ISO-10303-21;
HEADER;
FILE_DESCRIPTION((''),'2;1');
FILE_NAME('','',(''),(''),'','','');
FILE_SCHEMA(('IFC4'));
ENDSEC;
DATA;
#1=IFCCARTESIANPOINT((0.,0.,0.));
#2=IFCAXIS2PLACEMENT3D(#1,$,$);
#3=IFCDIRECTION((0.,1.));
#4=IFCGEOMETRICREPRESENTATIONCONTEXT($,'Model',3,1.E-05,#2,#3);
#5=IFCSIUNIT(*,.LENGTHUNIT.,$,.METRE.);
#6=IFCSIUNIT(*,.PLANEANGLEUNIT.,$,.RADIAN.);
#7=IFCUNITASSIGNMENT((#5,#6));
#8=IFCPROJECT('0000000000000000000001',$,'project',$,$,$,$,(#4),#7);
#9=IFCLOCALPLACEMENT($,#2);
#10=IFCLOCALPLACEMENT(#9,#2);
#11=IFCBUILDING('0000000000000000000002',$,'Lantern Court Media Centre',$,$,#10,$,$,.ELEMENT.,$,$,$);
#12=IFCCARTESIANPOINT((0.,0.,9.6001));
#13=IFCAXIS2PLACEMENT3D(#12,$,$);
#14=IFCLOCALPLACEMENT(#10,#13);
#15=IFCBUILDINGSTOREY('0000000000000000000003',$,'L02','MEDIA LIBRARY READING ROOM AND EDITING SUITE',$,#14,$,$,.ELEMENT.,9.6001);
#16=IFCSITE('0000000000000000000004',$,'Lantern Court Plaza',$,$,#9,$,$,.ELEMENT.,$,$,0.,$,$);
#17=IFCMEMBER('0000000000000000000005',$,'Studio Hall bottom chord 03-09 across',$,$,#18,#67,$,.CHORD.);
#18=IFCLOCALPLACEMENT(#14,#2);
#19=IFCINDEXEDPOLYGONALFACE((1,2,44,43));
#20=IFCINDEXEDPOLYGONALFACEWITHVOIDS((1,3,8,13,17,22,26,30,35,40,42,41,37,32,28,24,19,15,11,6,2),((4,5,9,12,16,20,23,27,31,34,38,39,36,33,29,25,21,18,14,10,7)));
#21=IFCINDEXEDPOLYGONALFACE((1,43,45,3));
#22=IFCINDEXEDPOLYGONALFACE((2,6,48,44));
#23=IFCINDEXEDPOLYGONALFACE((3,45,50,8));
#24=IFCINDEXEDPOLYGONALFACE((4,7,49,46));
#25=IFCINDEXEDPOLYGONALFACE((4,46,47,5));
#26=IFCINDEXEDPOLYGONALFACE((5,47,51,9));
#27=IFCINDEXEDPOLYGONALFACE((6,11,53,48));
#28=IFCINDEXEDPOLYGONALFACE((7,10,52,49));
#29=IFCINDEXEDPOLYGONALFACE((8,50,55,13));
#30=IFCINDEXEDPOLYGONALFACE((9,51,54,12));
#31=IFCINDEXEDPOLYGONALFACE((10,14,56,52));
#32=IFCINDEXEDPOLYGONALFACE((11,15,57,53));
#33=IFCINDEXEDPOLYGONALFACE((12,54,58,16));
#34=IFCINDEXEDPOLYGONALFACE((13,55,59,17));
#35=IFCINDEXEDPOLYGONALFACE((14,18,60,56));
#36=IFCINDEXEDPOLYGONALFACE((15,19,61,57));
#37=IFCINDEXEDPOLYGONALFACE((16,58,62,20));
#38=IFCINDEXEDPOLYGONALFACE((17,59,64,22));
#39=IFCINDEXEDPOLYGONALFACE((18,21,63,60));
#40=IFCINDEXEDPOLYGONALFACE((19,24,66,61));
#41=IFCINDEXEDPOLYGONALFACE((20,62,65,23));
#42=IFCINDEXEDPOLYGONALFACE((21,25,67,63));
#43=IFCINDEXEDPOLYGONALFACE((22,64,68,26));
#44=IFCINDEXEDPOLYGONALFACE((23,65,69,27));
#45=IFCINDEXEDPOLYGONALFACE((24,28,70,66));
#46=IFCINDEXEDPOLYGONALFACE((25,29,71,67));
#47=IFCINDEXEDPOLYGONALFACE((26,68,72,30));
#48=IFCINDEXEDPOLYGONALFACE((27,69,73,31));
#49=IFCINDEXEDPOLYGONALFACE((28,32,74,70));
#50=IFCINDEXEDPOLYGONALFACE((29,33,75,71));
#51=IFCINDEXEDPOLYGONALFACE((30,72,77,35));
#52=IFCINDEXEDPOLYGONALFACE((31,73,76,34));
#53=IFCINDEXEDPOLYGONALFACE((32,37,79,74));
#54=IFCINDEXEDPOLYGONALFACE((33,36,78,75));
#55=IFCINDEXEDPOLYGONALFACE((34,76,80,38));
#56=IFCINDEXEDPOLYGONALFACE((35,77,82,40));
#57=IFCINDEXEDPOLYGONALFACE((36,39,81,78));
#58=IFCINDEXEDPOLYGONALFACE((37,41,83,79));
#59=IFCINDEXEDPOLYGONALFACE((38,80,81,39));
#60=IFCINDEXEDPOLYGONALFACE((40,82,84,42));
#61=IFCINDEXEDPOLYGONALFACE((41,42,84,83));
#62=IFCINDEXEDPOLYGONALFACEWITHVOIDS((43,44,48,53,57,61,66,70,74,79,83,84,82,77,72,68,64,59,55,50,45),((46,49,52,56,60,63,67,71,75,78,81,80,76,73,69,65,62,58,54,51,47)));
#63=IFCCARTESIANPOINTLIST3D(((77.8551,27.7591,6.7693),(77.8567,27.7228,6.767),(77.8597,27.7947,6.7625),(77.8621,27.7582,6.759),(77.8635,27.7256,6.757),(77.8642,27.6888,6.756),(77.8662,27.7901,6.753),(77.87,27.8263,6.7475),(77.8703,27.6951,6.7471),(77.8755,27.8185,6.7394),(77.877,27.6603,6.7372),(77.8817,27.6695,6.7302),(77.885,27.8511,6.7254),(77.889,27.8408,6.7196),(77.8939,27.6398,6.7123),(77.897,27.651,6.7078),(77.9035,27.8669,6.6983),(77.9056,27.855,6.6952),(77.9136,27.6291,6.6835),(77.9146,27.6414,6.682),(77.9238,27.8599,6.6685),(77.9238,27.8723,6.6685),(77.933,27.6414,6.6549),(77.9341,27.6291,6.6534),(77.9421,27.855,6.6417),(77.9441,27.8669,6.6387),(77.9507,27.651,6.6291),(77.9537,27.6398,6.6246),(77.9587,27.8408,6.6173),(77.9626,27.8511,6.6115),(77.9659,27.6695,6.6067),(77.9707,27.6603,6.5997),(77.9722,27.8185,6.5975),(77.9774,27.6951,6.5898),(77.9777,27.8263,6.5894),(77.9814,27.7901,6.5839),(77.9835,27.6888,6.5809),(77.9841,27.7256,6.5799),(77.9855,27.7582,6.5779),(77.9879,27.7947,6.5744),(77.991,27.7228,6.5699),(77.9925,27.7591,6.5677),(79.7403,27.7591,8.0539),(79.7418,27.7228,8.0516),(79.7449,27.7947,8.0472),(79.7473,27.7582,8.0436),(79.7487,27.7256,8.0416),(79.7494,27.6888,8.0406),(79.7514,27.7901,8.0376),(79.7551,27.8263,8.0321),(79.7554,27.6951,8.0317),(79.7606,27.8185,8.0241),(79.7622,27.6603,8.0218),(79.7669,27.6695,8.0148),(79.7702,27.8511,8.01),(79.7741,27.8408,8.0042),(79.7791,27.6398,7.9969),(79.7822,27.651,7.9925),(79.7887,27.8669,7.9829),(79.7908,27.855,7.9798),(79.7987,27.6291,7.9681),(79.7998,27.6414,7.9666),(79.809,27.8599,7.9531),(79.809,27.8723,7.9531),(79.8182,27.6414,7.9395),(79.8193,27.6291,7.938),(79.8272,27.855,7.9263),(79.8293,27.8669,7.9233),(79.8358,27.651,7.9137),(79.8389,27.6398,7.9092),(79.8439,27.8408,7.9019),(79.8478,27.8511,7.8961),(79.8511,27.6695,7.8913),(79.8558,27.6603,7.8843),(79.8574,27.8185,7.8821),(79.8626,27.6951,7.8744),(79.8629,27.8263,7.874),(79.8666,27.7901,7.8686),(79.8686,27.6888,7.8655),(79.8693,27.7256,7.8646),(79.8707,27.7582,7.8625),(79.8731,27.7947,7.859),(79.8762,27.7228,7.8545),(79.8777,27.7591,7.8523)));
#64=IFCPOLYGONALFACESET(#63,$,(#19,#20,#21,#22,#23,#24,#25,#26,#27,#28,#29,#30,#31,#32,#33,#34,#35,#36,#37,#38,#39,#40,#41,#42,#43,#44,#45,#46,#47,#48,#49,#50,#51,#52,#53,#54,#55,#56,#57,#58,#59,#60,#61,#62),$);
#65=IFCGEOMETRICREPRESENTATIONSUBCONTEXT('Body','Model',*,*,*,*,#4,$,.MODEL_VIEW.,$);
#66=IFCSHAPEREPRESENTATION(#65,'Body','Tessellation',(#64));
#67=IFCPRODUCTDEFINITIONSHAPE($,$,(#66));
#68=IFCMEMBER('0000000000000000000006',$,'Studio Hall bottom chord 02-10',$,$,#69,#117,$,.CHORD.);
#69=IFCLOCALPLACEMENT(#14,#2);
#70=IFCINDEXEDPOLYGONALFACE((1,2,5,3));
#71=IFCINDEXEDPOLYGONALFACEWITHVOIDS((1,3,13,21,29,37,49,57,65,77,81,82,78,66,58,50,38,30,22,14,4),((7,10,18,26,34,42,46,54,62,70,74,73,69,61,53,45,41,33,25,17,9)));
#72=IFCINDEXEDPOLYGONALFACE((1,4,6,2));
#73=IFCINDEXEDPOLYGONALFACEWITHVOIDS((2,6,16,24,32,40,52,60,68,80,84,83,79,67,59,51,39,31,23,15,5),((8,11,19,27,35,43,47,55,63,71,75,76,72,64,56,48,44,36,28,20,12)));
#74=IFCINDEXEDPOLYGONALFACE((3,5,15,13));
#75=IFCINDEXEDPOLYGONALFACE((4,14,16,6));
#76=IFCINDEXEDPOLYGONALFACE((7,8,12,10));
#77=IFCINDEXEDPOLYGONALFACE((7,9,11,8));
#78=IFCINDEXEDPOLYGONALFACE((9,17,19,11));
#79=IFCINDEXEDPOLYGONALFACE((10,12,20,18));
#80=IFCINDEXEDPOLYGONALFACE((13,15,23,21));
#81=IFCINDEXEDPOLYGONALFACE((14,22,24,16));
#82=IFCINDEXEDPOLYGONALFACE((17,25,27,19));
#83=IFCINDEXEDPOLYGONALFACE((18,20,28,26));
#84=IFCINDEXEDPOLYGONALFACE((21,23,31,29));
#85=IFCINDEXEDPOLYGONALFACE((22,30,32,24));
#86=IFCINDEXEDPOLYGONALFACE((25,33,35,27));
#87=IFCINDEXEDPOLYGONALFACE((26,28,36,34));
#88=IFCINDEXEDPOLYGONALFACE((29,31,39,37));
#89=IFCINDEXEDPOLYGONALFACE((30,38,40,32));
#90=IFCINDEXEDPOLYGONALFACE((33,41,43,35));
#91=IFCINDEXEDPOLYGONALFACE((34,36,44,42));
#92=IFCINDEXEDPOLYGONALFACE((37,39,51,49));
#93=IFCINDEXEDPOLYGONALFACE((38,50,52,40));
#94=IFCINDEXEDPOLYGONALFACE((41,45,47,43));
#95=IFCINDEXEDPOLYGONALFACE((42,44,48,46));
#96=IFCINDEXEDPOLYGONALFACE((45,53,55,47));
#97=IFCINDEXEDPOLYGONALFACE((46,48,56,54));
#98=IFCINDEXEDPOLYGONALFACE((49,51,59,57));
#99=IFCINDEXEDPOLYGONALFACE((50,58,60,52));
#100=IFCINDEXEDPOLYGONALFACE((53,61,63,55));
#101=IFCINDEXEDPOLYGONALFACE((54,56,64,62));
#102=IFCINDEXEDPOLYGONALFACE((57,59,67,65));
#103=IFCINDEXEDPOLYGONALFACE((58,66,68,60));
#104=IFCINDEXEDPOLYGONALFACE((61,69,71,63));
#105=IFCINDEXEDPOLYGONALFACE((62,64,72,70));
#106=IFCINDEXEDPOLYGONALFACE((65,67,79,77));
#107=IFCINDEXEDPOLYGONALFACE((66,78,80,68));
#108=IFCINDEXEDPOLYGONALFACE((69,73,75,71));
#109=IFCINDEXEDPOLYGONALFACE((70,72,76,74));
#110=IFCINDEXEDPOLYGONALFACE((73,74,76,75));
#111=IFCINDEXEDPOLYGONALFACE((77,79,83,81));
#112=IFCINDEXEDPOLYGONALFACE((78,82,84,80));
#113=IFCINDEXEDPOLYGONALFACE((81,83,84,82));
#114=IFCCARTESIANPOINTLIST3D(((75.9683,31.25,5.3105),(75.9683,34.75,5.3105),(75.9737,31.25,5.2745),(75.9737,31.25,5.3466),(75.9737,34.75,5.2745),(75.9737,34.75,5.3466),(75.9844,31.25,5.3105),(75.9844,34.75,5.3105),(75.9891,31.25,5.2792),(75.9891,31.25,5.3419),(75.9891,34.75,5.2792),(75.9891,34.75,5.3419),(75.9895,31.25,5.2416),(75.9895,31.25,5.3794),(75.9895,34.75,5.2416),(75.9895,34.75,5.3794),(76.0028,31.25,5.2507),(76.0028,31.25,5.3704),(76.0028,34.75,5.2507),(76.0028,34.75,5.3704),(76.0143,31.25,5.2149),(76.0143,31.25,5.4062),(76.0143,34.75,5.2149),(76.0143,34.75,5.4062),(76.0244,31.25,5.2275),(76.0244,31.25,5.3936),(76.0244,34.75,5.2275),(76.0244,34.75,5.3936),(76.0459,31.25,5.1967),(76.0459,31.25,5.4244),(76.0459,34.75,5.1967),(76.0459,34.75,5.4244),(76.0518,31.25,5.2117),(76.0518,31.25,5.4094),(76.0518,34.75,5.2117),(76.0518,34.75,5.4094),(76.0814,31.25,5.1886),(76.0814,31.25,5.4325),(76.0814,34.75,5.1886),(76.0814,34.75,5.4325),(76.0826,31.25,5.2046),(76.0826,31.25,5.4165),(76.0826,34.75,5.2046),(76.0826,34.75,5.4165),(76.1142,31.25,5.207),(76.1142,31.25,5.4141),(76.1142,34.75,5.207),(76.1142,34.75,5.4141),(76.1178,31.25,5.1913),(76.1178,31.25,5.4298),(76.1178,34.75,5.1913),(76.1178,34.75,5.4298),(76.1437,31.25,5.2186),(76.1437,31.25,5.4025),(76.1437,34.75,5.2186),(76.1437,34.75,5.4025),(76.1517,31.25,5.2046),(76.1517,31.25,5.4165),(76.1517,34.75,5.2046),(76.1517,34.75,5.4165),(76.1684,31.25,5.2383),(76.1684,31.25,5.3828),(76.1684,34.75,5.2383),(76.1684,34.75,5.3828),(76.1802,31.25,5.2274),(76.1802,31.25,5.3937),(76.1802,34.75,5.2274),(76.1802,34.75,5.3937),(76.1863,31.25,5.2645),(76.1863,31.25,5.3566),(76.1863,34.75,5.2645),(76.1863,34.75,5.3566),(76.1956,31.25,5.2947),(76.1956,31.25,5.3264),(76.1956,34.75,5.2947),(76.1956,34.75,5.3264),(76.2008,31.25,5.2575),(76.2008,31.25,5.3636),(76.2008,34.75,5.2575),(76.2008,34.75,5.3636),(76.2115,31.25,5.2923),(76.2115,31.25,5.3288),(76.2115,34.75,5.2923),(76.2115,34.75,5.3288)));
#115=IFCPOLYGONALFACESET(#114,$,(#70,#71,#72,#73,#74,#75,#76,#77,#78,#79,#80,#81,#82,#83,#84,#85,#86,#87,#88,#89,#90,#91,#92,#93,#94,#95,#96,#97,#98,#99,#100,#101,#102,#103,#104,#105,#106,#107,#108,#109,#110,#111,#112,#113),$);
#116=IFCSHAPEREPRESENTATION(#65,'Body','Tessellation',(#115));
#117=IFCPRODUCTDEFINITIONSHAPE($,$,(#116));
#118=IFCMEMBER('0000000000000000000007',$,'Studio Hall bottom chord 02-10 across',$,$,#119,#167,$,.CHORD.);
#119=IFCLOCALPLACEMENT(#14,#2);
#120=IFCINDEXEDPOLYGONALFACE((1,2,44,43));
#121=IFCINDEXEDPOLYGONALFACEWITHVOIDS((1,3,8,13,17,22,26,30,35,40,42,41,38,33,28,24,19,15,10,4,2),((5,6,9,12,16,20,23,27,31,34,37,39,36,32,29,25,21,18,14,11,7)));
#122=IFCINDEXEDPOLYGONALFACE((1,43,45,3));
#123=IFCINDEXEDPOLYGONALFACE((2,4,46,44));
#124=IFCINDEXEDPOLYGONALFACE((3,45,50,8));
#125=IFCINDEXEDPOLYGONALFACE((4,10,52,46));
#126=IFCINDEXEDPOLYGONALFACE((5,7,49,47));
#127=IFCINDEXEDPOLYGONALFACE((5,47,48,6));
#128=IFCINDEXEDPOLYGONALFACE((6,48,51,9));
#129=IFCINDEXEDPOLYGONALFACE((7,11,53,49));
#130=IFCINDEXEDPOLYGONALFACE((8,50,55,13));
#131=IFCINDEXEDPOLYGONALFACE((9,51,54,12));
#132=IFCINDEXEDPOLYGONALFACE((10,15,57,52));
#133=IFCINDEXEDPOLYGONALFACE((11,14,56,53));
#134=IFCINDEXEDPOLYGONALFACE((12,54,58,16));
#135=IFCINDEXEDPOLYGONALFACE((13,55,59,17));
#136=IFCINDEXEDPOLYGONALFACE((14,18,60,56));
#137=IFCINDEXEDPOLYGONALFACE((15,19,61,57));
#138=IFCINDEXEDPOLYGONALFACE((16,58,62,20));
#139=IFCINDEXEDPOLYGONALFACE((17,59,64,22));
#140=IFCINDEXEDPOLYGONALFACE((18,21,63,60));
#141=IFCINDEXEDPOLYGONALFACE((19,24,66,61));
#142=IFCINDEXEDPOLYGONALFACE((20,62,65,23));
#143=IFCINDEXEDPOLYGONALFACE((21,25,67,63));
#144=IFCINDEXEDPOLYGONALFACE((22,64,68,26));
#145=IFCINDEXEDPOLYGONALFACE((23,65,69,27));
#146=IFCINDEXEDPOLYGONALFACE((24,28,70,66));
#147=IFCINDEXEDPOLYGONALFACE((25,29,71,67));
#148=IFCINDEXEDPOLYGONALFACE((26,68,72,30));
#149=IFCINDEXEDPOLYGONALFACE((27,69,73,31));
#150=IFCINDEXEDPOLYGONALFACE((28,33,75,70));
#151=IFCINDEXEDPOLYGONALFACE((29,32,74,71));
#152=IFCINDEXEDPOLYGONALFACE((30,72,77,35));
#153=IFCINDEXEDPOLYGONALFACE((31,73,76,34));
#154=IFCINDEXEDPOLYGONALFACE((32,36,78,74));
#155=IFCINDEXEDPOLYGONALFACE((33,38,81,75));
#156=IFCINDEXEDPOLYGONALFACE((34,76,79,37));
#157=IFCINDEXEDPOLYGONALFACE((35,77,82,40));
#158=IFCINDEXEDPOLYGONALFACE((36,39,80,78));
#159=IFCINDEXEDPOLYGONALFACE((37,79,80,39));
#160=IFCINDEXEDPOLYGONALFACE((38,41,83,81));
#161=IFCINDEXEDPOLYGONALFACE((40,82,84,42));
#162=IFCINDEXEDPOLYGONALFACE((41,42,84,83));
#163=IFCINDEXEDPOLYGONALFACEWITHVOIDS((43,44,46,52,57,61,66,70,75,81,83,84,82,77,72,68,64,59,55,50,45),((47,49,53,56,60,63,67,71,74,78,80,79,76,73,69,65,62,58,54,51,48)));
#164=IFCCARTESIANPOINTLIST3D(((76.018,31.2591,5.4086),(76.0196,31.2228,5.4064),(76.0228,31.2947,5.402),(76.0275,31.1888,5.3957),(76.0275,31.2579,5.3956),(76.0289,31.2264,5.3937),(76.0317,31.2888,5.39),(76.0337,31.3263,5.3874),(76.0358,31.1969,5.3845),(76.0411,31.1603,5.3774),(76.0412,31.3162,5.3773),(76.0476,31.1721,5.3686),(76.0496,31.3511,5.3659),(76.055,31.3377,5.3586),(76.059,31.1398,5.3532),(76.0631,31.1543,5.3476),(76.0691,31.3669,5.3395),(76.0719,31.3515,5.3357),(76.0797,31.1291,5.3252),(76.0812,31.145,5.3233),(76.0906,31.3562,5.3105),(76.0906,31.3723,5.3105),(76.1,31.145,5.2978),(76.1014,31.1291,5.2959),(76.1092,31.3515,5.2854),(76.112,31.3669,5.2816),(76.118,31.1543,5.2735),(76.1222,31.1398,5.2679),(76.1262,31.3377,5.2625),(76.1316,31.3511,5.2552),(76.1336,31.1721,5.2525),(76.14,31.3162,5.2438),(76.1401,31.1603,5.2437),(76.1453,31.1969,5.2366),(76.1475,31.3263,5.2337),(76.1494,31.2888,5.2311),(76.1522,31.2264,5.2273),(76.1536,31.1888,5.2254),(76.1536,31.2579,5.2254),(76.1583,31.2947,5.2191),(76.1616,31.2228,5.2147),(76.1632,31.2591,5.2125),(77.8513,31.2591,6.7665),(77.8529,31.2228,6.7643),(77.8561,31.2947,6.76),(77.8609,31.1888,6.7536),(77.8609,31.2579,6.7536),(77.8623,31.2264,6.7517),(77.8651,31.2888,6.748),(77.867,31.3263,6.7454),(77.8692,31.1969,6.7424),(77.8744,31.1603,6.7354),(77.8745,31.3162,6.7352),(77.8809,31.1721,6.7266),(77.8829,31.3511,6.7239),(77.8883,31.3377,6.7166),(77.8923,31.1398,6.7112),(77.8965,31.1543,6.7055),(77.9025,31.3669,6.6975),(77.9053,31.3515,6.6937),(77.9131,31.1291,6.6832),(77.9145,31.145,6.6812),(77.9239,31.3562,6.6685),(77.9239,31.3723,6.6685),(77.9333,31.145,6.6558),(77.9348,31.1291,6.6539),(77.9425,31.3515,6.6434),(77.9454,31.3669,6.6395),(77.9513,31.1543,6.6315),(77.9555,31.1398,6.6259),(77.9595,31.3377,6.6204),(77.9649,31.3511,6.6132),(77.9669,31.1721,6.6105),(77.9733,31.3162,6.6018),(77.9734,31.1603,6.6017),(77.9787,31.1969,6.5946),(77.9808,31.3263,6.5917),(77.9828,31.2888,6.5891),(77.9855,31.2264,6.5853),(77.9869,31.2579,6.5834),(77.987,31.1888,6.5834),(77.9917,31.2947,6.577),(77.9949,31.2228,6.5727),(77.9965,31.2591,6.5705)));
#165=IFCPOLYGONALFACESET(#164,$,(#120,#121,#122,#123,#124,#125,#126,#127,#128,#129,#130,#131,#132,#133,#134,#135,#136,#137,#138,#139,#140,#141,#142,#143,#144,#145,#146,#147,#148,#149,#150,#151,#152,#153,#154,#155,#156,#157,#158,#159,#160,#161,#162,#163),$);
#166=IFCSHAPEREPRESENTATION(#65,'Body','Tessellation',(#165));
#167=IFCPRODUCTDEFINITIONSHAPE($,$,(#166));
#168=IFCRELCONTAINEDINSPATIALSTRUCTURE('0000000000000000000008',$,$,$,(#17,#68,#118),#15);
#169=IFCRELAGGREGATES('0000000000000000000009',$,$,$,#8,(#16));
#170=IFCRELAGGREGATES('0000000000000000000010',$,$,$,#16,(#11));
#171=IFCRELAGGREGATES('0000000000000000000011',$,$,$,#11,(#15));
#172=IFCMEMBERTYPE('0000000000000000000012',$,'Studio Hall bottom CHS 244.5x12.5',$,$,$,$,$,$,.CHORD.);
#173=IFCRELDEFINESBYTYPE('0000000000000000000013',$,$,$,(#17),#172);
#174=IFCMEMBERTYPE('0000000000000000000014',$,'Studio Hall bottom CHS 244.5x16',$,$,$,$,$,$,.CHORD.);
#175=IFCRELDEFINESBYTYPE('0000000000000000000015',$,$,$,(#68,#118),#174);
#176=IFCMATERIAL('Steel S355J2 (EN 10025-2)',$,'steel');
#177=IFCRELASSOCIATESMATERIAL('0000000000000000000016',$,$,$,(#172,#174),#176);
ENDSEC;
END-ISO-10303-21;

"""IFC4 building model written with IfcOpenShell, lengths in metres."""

from ifc_helpers import new_model, si_unit, direction, frame, origin, origin_2d, place, context, subcontext, project, spatial, hollow_circle, extrude, material, material_profile, profile_set, type_object, element, save


model = new_model("IFC4")

# Units and contexts
model_context = context("Model", 3, precision=1e-05, world=origin(), true_north=direction((0.0, 1.0)))
body_context = subcontext(model_context, "Body", "Model", "MODEL_VIEW")
ifc_project = project(units=[si_unit("LENGTHUNIT", "METRE"), si_unit("PLANEANGLEUNIT", "RADIAN")], contexts=[model_context])

# Site, building, storey
site_placement = place(None, origin())
site = spatial("IfcSite", under=ifc_project, at=site_placement, Name="Lantern Court Plaza", CompositionType="ELEMENT", RefElevation=0.0)
building_placement = place(site_placement, origin())
building = spatial("IfcBuilding", under=site, at=building_placement, Name="Lantern Court Media Centre", CompositionType="ELEMENT")
storey_placement = place(building_placement, frame((0.0, 0.0, 9.6001)))
storey = spatial("IfcBuildingStorey", under=building, at=storey_placement, Name="L02", Description="MEDIA LIBRARY READING ROOM AND EDITING SUITE", CompositionType="ELEMENT", Elevation=9.6001)

# Members
ifc_material = material(Name="Steel S355J2 (EN 10025-2)", Category="steel")
ifc_material_profile_1 = material_profile(ifc_material, hollow_circle(Radius=0.1223, WallThickness=0.0125, at=origin_2d()), Name="Studio Hall bottom CHS 244.5x12.5")
ifc_profile_set_1 = profile_set([ifc_material_profile_1], Name="Steel S355J2 (EN 10025-2)")
member_type_1 = type_object("IfcMemberType", Name="Studio Hall bottom CHS 244.5x12.5", PredefinedType="CHORD", material=ifc_profile_set_1)
member_1_placement = place(storey_placement, frame((77.9238, 27.75, 6.6685), z_axis=(0.826377, 0.0, 0.563118), x_axis=(0.0, 1.0, 0.0)))
element("IfcMember", 1, at=member_1_placement, inside=storey, type_object=member_type_1, Name="Studio Hall bottom chord 03-09 across", PredefinedType="CHORD", context=body_context, shape_type="SweptSolid", body=[
    extrude(hollow_circle(Radius=0.1223, WallThickness=0.0125, at=origin_2d()), origin(), (0.0, 0.0, 1.0), 2.2812),
])
ifc_material_profile_2 = material_profile(ifc_material, hollow_circle(Radius=0.1223, WallThickness=0.0161, at=origin_2d()), Name="Studio Hall bottom CHS 244.5x16")
ifc_profile_set_2 = profile_set([ifc_material_profile_2], Name="Steel S355J2 (EN 10025-2)")
member_type_2 = type_object("IfcMemberType", Name="Studio Hall bottom CHS 244.5x16", PredefinedType="CHORD", material=ifc_profile_set_2)
member_2_placement = place(storey_placement, frame((76.0906, 31.25, 5.3105), z_axis=(0.0, 1.0, 0.0), x_axis=(-1.0, 0.0, 0.0)))
element("IfcMember", 2, at=member_2_placement, inside=storey, type_object=member_type_2, Name="Studio Hall bottom chord 02-10", PredefinedType="CHORD", context=body_context, shape_type="SweptSolid", body=[
    extrude(hollow_circle(Radius=0.1223, WallThickness=0.0161, at=origin_2d()), origin(), (0.0, 0.0, 1.0), 3.5),
])
member_3_placement = place(storey_placement, frame((76.0906, 31.25, 5.3105), z_axis=(0.803569, 0.0, 0.595212), x_axis=(0.0, 1.0, 0.0)))
element("IfcMember", 3, at=member_3_placement, inside=storey, type_object=member_type_2, Name="Studio Hall bottom chord 02-10 across", PredefinedType="CHORD", context=body_context, shape_type="SweptSolid", body=[
    extrude(hollow_circle(Radius=0.1223, WallThickness=0.0161, at=origin_2d()), origin(), (0.0, 0.0, 1.0), 2.2815),
])

save(model, "model.ifc")
